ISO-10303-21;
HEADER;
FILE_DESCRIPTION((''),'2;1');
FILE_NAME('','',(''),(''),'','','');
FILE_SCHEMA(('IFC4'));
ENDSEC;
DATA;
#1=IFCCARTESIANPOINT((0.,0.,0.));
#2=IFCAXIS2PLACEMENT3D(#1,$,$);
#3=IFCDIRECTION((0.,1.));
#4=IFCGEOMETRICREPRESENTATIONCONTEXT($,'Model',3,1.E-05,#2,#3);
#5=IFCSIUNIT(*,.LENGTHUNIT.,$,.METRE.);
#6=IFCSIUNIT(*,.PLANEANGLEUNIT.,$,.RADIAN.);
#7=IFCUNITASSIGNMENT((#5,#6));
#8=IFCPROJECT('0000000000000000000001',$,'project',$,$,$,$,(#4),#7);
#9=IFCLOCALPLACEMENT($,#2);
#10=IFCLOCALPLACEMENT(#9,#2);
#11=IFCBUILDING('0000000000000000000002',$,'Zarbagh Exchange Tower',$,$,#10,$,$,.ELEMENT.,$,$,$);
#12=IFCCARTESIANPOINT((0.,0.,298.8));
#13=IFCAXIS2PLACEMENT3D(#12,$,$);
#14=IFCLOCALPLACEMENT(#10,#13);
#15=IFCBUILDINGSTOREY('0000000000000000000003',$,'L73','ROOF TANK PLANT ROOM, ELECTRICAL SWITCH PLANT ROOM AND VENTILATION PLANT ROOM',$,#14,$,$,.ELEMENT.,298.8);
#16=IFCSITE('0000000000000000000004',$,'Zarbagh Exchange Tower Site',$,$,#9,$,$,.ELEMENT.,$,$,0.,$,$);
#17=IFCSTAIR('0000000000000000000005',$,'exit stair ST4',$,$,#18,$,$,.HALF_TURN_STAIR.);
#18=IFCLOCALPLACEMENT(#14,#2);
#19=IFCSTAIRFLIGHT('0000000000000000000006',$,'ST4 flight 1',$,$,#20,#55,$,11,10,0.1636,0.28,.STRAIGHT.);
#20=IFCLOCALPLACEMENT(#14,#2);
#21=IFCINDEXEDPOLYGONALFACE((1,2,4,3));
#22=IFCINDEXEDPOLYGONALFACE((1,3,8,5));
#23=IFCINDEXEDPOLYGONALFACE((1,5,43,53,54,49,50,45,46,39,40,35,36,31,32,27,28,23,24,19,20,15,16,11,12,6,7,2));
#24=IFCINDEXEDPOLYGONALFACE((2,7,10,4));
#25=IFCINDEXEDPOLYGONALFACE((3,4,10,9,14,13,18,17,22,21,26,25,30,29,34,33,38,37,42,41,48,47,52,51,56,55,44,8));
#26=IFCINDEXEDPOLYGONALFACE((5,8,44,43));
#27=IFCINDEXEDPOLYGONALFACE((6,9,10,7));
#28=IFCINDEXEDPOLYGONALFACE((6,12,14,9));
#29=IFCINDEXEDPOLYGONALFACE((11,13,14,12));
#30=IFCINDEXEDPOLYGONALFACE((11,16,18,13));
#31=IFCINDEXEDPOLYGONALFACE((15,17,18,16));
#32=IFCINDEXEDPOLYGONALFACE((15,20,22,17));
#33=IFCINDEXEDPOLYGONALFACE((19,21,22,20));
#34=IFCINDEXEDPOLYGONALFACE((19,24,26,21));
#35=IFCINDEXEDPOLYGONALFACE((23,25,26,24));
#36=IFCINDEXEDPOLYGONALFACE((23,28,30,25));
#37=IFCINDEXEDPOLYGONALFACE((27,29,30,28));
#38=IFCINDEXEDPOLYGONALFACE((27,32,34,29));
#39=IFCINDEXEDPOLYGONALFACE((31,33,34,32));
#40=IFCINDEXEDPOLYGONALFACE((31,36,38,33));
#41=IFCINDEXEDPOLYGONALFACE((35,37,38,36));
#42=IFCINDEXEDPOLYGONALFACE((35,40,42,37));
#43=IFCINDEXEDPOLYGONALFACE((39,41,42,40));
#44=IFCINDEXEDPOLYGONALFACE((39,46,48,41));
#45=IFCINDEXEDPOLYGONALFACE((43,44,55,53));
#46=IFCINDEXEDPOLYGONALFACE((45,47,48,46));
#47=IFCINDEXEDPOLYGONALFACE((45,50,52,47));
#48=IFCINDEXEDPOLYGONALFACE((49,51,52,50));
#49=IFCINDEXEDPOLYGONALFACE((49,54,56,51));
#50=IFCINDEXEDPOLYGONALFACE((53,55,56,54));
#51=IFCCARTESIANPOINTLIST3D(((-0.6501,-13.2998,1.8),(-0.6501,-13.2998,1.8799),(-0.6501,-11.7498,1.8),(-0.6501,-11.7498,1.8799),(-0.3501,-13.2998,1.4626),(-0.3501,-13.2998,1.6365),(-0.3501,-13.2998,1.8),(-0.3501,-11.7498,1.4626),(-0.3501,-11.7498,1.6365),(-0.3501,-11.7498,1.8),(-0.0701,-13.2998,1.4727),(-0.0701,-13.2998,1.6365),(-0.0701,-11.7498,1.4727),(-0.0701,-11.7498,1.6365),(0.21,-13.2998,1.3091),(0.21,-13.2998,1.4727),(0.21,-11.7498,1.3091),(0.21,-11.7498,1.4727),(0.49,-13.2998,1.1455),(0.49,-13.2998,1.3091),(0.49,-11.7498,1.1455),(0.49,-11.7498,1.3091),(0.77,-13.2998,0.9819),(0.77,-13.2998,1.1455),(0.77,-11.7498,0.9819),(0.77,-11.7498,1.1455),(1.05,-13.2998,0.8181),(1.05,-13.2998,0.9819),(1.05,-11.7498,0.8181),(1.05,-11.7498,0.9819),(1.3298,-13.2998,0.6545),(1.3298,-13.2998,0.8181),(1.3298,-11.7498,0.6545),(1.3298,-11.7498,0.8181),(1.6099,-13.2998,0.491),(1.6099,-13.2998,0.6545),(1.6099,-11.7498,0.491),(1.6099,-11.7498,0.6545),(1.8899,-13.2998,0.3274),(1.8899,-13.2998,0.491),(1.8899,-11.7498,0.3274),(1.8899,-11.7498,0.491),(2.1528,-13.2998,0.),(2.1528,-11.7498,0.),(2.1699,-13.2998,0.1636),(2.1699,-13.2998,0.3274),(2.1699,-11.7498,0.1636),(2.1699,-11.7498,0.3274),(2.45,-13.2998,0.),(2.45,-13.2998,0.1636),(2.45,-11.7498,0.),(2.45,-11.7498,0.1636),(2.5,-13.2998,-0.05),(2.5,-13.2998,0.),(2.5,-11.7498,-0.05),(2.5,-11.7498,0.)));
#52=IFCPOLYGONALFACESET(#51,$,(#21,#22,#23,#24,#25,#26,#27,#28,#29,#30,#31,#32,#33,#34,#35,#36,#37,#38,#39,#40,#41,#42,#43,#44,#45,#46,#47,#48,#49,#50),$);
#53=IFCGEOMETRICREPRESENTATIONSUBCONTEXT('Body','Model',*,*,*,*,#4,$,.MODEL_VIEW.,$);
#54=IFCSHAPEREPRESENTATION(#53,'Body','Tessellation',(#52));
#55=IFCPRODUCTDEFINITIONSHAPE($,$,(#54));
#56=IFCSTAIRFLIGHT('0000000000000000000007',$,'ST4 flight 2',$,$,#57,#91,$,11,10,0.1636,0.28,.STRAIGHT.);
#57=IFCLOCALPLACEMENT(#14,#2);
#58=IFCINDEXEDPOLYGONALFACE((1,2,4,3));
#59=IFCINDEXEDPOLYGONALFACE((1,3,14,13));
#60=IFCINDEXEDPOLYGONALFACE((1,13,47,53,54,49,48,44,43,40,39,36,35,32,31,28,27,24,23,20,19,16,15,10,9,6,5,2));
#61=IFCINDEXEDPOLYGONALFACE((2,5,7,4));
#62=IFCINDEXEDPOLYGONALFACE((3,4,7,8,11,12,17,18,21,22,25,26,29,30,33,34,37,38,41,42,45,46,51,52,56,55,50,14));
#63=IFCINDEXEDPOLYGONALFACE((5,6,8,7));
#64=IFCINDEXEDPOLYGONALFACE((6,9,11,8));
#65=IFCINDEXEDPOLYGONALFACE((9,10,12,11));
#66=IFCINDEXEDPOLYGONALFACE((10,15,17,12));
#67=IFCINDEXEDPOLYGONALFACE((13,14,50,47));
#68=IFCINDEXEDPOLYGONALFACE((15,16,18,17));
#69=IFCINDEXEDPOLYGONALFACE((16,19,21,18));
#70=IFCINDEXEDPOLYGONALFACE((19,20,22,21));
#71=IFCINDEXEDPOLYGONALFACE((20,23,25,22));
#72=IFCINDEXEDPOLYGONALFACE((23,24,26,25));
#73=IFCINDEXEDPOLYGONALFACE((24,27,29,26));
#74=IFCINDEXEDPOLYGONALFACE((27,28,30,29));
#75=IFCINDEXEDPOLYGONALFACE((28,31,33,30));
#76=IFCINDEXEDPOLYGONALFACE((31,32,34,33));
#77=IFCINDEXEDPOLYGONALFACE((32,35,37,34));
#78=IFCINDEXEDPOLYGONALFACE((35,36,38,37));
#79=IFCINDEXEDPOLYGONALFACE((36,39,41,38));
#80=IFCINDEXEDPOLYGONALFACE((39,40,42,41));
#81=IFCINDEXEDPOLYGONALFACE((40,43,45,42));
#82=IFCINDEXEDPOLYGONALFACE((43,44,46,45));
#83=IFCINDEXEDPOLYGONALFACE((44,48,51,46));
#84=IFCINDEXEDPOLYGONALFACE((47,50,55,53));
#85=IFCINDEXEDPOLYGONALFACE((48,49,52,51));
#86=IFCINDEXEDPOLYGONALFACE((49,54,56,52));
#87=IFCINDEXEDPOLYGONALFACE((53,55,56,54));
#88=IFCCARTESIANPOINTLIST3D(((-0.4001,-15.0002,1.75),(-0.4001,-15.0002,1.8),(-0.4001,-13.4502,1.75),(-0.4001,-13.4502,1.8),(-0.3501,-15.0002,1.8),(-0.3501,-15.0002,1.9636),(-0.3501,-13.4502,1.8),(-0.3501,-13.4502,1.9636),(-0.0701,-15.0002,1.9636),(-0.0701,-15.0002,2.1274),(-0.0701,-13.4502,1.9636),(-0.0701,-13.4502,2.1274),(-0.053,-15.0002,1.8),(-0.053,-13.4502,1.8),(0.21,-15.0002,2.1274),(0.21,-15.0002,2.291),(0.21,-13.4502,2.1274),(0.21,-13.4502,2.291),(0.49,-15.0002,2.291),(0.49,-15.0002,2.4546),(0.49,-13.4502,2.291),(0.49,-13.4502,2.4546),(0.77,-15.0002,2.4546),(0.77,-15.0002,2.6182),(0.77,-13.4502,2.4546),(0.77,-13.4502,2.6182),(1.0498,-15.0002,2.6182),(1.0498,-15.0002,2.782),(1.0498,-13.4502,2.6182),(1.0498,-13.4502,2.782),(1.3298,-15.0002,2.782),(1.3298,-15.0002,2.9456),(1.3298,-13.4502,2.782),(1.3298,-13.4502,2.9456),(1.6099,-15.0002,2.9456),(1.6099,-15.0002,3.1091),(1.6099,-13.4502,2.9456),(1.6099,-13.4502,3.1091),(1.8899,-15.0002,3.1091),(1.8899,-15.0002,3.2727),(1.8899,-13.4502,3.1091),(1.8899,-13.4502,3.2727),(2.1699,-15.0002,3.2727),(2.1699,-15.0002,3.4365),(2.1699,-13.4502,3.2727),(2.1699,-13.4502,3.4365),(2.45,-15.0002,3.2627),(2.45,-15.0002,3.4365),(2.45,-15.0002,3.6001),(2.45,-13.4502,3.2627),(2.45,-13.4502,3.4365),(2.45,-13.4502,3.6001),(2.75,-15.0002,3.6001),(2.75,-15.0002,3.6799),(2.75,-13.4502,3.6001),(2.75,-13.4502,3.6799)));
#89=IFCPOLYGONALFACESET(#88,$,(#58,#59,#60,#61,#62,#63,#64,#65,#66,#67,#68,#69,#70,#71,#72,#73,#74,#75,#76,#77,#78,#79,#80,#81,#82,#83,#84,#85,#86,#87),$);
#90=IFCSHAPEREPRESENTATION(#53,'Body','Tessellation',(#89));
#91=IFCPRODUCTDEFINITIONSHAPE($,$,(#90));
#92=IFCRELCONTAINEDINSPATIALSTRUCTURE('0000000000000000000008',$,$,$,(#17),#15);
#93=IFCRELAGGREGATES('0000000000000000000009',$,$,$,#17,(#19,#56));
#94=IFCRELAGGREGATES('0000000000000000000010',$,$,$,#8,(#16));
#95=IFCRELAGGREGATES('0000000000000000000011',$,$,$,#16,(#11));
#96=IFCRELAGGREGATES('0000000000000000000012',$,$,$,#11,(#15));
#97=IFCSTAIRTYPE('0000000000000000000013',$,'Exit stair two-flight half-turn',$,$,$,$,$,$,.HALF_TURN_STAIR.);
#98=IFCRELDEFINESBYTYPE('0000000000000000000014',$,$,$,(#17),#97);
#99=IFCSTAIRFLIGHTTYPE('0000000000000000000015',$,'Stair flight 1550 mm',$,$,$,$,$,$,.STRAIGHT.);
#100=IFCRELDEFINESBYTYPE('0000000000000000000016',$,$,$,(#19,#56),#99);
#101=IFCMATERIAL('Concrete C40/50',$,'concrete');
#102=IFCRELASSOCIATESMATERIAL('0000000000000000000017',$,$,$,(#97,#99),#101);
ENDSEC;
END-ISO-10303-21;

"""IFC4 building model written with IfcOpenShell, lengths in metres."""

from ifc_helpers import new_model, si_unit, direction, frame, origin, place, context, subcontext, project, spatial, polyline, outline, extrude, material, type_object, element, aggregate, save


model = new_model("IFC4")

# Units and contexts
model_context = context("Model", 3, precision=1e-05, world=origin(), true_north=direction((0.0, 1.0)))
body_context = subcontext(model_context, "Body", "Model", "MODEL_VIEW")
ifc_project = project(units=[si_unit("LENGTHUNIT", "METRE"), si_unit("PLANEANGLEUNIT", "RADIAN")], contexts=[model_context])

# Site, building, storey
site_placement = place(None, origin())
site = spatial("IfcSite", under=ifc_project, at=site_placement, Name="Zarbagh Exchange Tower Site", CompositionType="ELEMENT", RefElevation=0.0)
building_placement = place(site_placement, origin())
building = spatial("IfcBuilding", under=site, at=building_placement, Name="Zarbagh Exchange Tower", CompositionType="ELEMENT")
storey_placement = place(building_placement, frame((0.0, 0.0, 298.8)))
storey = spatial("IfcBuildingStorey", under=building, at=storey_placement, Name="L73", Description="ROOF TANK PLANT ROOM, ELECTRICAL SWITCH PLANT ROOM AND VENTILATION PLANT ROOM", CompositionType="ELEMENT", Elevation=298.8)

# Shared definitions
ifc_material_1 = material(Name="Concrete C40/50", Category="concrete")

# Stair, stair flights
stair_type = type_object("IfcStairType", Name="Exit stair two-flight half-turn", PredefinedType="HALF_TURN_STAIR", material=ifc_material_1)
stair_1_placement = place(storey_placement, origin())
stair_1 = element("IfcStair", 1, at=stair_1_placement, inside=storey, type_object=stair_type, Name="exit stair ST4", PredefinedType="HALF_TURN_STAIR")
stair_flight_type_1 = type_object("IfcStairFlightType", Name="Stair flight 1550 mm", PredefinedType="STRAIGHT", material=ifc_material_1)
stair_flight_1_placement = place(storey_placement, frame((2.45, -12.5249, 0.0), z_axis=(0.0, 0.0, 1.0), x_axis=(-1.0, 0.0, 0.0)))
stair_flight_1 = element("IfcStairFlight", 2, at=stair_flight_1_placement, type_object=stair_flight_type_1, Name="ST4 flight 1", NumberOfRisers=11, NumberOfTreads=10, PredefinedType="STRAIGHT", RiserHeight=0.1636, TreadLength=0.28, context=body_context, shape_type="SweptSolid", body=[
    extrude(outline(polyline([(-0.05, -0.05), (-0.05, 0.0), (0.0, 0.0), (0.0, 0.1636), (0.28, 0.1636), (0.28, 0.3274), (0.5601, 0.3274), (0.5601, 0.491), (0.8401, 0.491), (0.8401, 0.6545), (1.1201, 0.6545), (1.1201, 0.8181), (1.3999, 0.8181), (1.3999, 0.9819), (1.6799, 0.9819), (1.6799, 1.1455), (1.96, 1.1455), (1.96, 1.3091), (2.24, 1.3091), (2.24, 1.4727), (2.52, 1.4727), (2.52, 1.6365), (2.8, 1.6365), (2.8, 1.8), (3.1001, 1.8799), (3.1001, 1.8), (2.8, 1.4626), (0.2971, 0.0), (-0.05, -0.05)])), frame((0.0, 0.7749, 0.0), z_axis=(0.0, -1.0, 0.0), x_axis=(1.0, 0.0, 0.0)), (0.0, 0.0, 1.0), 1.55),
])
stair_flight_2_placement = place(storey_placement, frame((-0.3501, -14.2251, 1.8), z_axis=(0.0, 0.0, 1.0), x_axis=(1.0, 0.0, 0.0)))
stair_flight_2 = element("IfcStairFlight", 3, at=stair_flight_2_placement, type_object=stair_flight_type_1, Name="ST4 flight 2", NumberOfRisers=11, NumberOfTreads=10, PredefinedType="STRAIGHT", RiserHeight=0.1636, TreadLength=0.28, context=body_context, shape_type="SweptSolid", body=[
    extrude(outline(polyline([(-0.05, -0.05), (-0.05, 0.0), (0.0, 0.0), (0.0, 0.1636), (0.28, 0.1636), (0.28, 0.3274), (0.5601, 0.3274), (0.5601, 0.491), (0.8401, 0.491), (0.8401, 0.6545), (1.1201, 0.6545), (1.1201, 0.8181), (1.3999, 0.8181), (1.3999, 0.9819), (1.6799, 0.9819), (1.6799, 1.1455), (1.96, 1.1455), (1.96, 1.3091), (2.24, 1.3091), (2.24, 1.4727), (2.52, 1.4727), (2.52, 1.6365), (2.8, 1.6365), (2.8, 1.8), (3.1001, 1.8799), (3.1001, 1.8), (2.8, 1.4626), (0.2971, 0.0), (-0.05, -0.05)])), frame((0.0, 0.7749, 0.0), z_axis=(0.0, -1.0, 0.0), x_axis=(1.0, 0.0, 0.0)), (0.0, 0.0, 1.0), 1.55),
])
aggregate(stair_1, [stair_flight_1, stair_flight_2])

save(model, "model.ifc")
